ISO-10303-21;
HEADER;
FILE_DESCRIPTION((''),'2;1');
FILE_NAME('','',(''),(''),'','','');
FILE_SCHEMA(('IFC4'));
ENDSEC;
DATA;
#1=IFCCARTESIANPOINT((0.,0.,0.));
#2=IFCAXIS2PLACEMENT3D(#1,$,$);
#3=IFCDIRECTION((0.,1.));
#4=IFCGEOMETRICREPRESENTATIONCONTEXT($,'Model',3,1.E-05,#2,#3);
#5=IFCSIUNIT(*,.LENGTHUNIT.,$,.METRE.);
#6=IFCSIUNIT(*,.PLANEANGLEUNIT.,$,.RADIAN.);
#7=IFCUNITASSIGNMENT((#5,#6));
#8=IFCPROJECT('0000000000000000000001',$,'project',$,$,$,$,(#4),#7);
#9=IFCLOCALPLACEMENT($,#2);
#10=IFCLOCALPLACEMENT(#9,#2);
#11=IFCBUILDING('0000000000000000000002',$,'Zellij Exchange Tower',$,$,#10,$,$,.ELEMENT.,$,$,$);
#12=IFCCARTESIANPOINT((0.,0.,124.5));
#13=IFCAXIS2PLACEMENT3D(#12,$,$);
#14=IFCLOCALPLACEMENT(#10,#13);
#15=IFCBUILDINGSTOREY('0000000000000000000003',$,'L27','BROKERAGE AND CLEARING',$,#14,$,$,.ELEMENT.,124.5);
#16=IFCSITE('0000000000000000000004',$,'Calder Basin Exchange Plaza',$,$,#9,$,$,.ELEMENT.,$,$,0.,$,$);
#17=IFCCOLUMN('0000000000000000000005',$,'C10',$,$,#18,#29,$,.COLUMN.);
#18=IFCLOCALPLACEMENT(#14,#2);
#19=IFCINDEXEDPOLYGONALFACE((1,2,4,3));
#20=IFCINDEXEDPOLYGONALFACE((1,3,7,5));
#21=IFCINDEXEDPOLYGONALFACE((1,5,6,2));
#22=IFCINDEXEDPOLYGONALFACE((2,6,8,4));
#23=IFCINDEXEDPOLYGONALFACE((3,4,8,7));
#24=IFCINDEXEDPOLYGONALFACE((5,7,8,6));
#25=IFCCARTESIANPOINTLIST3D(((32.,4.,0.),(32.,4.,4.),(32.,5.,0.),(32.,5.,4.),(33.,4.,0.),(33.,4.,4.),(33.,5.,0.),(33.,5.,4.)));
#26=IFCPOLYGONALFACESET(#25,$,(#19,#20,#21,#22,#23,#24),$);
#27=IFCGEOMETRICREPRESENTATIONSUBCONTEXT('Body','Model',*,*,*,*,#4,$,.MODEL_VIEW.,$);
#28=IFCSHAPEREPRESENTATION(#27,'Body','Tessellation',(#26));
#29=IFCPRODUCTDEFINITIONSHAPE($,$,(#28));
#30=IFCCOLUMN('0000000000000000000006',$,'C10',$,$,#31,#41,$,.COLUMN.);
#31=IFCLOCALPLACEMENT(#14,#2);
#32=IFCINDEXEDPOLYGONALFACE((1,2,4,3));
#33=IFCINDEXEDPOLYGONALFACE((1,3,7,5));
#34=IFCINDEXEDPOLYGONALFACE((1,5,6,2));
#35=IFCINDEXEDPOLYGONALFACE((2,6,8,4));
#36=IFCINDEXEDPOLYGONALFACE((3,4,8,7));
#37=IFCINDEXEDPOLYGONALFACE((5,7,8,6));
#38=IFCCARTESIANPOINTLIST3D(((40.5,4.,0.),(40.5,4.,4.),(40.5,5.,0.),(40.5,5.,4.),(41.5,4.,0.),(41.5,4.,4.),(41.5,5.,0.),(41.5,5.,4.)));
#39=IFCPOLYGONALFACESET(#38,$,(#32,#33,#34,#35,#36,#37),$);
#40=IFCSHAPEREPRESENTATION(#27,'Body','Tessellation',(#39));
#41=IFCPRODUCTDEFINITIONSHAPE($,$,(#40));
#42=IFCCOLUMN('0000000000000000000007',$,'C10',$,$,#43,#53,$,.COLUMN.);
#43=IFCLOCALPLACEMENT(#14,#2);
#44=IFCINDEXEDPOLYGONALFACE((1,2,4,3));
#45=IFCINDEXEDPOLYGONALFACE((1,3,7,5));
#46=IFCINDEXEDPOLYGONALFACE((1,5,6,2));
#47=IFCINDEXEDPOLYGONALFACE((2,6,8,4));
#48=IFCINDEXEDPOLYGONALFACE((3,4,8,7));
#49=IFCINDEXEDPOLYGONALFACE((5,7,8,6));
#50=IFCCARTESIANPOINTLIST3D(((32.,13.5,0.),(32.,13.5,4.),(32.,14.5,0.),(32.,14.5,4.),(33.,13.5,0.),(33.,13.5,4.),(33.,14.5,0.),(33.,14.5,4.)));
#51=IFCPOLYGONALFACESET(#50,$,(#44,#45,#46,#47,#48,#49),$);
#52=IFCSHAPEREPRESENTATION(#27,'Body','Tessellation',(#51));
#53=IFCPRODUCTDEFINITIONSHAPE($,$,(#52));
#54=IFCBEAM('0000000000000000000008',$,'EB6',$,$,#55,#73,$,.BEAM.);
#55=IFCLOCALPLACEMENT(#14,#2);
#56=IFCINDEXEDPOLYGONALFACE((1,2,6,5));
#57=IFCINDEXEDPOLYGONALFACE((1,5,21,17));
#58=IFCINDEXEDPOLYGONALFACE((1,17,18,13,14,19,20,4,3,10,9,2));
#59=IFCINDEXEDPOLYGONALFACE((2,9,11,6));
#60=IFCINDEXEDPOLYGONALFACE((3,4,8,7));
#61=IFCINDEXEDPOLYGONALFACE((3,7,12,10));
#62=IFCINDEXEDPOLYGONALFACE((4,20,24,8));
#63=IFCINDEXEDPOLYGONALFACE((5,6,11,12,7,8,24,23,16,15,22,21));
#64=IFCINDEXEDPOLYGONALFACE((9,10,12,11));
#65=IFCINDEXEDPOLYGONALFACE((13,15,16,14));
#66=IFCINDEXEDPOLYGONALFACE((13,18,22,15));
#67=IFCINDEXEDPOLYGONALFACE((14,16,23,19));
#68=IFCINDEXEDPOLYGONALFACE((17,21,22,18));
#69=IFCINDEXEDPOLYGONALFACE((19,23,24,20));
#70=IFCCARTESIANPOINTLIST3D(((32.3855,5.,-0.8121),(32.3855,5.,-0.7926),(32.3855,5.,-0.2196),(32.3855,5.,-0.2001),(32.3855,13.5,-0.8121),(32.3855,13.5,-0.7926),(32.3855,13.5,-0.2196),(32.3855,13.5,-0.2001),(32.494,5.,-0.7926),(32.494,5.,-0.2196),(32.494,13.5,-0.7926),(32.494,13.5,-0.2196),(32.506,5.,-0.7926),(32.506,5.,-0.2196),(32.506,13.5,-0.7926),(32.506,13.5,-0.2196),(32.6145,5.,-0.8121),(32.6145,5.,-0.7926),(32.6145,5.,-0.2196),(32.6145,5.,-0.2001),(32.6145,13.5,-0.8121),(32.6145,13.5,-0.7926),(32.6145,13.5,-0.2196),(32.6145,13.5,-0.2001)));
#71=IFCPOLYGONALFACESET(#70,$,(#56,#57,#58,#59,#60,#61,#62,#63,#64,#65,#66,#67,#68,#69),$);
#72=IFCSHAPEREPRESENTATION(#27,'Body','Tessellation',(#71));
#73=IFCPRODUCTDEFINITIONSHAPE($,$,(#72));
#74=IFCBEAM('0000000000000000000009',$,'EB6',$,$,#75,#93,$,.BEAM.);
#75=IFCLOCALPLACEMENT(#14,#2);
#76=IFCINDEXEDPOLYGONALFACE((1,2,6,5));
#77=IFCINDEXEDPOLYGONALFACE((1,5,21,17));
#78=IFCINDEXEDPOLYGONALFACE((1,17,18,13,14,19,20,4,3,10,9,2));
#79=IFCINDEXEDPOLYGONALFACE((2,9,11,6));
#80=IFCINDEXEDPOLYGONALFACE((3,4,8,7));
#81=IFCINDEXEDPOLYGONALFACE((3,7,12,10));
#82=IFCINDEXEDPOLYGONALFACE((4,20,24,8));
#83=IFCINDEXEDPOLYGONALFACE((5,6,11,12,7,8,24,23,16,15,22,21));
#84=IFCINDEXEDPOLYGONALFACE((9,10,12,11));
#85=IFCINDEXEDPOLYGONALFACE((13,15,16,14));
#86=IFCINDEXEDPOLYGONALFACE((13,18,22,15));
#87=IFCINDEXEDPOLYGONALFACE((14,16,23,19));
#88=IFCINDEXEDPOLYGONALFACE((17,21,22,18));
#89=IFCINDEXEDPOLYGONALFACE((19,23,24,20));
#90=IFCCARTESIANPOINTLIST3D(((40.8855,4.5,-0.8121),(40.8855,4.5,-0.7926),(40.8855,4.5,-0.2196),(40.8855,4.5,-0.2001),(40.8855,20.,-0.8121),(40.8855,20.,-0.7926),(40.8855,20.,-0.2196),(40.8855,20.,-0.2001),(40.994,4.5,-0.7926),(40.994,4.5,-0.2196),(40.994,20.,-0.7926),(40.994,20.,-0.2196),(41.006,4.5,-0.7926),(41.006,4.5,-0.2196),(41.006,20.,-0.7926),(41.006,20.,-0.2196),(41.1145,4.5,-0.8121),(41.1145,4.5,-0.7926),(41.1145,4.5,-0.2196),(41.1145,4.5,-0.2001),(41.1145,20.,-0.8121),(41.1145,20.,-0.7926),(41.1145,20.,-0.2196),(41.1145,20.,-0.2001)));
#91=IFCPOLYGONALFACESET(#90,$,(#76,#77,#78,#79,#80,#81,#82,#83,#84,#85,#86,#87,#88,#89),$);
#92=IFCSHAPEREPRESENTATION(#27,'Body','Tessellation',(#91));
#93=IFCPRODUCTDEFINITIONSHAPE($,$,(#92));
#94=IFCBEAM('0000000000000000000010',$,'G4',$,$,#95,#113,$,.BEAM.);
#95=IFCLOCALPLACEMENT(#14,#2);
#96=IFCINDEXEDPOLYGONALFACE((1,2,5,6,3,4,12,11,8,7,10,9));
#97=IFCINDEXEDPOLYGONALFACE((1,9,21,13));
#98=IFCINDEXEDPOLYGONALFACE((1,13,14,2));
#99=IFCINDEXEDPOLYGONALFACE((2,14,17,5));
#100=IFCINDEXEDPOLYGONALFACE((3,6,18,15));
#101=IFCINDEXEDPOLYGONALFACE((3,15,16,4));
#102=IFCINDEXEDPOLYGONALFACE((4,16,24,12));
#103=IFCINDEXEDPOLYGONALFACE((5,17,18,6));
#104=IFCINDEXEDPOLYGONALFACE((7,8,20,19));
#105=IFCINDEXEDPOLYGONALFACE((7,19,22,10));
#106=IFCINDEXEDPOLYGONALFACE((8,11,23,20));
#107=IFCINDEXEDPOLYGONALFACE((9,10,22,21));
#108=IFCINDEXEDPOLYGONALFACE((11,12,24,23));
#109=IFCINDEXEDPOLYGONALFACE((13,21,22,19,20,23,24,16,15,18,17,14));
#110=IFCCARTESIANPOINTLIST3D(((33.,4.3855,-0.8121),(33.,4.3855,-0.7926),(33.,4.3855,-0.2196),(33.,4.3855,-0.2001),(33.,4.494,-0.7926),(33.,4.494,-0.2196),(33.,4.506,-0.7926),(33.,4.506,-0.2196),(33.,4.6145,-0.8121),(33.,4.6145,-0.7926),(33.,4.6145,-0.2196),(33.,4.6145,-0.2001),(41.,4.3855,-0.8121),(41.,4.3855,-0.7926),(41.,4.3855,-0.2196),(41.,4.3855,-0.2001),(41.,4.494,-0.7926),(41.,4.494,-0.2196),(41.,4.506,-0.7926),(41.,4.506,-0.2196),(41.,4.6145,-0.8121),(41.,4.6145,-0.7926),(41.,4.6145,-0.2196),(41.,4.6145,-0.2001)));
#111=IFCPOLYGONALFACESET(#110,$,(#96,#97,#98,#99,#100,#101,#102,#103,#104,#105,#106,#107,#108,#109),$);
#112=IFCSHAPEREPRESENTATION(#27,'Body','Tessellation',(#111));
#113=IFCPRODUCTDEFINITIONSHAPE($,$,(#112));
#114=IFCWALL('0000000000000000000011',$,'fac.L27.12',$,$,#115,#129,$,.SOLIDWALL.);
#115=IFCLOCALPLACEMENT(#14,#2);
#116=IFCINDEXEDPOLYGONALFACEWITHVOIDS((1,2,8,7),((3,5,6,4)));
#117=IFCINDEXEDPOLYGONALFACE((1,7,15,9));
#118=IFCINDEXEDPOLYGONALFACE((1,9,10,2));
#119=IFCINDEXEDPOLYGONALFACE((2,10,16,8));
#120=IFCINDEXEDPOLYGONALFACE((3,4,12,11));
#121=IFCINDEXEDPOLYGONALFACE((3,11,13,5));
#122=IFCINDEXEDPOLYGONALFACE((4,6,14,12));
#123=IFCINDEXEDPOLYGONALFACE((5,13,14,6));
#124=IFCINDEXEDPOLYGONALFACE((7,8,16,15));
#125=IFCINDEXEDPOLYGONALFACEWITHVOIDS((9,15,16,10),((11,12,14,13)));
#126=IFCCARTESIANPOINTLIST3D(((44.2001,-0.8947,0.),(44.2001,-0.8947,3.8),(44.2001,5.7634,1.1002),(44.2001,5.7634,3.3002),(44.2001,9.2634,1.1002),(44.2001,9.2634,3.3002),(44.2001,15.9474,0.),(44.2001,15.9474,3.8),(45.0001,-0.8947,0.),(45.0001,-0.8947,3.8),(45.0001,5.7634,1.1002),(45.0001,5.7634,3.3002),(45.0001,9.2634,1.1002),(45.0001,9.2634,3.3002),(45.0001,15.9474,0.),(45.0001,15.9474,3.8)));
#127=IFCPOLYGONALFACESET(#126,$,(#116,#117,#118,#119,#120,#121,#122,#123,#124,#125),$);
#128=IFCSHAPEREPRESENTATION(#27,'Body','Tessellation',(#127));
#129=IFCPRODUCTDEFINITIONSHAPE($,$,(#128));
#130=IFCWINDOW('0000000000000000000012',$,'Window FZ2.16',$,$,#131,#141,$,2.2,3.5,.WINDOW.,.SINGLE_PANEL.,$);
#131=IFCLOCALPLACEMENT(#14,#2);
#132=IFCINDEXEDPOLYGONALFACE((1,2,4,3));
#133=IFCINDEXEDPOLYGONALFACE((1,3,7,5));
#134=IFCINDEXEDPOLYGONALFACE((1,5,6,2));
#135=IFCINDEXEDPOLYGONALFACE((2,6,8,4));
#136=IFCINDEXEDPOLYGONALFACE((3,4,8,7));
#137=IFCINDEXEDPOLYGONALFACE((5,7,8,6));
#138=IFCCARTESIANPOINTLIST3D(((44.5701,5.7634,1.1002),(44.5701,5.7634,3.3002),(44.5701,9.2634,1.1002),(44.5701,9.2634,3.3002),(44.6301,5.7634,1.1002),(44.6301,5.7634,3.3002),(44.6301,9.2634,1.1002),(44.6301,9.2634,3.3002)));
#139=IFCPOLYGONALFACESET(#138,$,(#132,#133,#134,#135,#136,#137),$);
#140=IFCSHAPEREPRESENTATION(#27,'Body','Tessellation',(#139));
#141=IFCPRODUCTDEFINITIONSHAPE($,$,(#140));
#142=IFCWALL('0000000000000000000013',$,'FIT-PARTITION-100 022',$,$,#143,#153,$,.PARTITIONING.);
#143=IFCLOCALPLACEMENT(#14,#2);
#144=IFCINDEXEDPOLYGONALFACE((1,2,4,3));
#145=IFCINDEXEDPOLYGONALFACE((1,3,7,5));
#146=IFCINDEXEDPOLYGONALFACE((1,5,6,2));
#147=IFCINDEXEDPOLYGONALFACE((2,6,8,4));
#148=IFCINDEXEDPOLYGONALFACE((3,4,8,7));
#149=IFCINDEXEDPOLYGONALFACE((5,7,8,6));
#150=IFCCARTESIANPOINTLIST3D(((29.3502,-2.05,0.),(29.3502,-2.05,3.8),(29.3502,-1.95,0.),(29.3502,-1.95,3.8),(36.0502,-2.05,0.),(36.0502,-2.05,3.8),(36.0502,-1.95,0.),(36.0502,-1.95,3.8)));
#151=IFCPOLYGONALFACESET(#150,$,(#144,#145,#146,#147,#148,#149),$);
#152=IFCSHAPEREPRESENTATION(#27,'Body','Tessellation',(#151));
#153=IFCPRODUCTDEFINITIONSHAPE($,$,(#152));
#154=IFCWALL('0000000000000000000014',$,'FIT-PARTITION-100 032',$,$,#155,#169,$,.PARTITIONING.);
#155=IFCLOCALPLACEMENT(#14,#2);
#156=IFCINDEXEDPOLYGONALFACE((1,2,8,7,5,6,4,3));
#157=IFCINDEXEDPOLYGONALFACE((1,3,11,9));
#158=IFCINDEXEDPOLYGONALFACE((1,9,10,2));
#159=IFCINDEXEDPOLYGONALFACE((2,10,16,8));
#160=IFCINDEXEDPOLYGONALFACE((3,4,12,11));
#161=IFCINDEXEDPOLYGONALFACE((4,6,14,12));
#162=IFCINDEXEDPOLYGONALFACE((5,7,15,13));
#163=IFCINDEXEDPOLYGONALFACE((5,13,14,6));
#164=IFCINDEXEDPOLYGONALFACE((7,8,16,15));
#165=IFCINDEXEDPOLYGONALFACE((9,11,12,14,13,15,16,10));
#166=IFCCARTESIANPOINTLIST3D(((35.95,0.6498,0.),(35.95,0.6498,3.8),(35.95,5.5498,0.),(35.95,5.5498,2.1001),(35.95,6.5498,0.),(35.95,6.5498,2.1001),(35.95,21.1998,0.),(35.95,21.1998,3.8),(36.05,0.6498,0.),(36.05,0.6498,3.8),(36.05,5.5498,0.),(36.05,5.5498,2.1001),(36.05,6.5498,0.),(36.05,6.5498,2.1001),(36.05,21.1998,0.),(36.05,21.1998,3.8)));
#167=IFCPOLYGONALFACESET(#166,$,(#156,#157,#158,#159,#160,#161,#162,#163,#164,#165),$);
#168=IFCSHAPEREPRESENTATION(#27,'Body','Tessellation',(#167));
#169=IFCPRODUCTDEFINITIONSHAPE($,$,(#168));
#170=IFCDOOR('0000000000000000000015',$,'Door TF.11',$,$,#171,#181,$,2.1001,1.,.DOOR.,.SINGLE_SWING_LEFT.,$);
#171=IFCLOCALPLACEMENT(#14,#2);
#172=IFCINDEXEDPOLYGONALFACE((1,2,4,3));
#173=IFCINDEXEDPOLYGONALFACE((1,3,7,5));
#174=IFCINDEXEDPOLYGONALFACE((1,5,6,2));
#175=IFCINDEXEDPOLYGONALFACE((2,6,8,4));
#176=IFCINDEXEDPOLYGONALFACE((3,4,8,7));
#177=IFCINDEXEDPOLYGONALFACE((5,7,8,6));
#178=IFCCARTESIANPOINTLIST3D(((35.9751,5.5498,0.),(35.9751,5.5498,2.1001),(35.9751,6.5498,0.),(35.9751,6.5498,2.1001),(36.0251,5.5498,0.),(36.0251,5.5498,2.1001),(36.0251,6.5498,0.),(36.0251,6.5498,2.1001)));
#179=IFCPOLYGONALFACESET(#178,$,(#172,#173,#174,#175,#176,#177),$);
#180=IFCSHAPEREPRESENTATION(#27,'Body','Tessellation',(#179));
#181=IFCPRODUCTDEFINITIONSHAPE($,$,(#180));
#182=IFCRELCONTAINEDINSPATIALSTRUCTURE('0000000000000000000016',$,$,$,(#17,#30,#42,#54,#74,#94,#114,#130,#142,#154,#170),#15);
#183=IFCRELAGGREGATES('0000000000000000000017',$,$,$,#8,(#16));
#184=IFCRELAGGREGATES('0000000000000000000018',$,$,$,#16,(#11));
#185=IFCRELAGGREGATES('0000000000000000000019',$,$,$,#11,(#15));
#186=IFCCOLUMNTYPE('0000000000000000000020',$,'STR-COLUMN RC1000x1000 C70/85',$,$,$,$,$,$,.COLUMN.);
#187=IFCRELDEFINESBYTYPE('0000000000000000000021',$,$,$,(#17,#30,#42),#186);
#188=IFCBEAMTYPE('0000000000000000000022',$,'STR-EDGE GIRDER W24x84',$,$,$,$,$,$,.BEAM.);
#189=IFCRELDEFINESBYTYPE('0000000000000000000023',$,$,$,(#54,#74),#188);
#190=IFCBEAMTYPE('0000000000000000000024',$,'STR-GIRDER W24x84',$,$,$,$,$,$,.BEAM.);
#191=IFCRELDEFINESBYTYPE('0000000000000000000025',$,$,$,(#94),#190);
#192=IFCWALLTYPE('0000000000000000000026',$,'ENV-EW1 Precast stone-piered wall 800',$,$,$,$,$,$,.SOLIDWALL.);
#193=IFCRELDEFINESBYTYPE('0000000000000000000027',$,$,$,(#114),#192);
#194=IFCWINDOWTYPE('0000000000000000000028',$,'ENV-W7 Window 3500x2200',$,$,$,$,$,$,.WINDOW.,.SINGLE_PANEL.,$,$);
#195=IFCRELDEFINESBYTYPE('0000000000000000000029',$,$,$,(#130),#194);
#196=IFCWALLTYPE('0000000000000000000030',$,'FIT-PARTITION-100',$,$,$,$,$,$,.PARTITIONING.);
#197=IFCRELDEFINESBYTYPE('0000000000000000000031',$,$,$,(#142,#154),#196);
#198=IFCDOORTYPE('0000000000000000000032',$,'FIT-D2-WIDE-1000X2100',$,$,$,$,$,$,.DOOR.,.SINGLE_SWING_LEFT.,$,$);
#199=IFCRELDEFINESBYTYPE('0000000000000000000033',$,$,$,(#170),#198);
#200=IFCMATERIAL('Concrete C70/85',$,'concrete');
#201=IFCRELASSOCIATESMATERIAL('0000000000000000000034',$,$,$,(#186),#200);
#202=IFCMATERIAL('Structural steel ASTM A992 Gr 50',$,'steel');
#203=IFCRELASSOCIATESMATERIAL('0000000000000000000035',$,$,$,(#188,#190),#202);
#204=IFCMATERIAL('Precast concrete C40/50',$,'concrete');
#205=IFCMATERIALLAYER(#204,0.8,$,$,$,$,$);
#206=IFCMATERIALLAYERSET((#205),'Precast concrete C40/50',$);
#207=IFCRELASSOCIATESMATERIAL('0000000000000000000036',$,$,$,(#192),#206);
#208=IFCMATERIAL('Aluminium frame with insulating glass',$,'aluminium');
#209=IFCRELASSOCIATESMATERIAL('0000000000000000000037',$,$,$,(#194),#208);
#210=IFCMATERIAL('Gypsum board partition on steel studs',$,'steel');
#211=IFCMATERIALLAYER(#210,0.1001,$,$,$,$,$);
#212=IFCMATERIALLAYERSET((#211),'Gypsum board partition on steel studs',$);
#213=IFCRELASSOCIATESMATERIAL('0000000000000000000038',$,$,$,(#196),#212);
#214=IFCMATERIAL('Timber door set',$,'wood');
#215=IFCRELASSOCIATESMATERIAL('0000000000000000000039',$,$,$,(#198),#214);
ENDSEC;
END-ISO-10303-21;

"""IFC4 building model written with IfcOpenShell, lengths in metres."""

from ifc_helpers import new_model, si_unit, direction, frame, frame_2d, origin, origin_2d, place, context, subcontext, project, spatial, rectangle, i_section, extrude, material, layer, layer_set, material_profile, profile_set, type_object, element, fill, save


model = new_model("IFC4")

# Units and contexts
model_context = context("Model", 3, precision=1e-05, world=origin(), true_north=direction((0.0, 1.0)))
body_context = subcontext(model_context, "Body", "Model", "MODEL_VIEW")
ifc_project = project(units=[si_unit("LENGTHUNIT", "METRE"), si_unit("PLANEANGLEUNIT", "RADIAN")], contexts=[model_context])

# Site, building, storey
site_placement = place(None, origin())
site = spatial("IfcSite", under=ifc_project, at=site_placement, Name="Calder Basin Exchange Plaza", CompositionType="ELEMENT", RefElevation=0.0)
building_placement = place(site_placement, origin())
building = spatial("IfcBuilding", under=site, at=building_placement, Name="Zellij Exchange Tower", CompositionType="ELEMENT")
storey_placement = place(building_placement, frame((0.0, 0.0, 124.5)))
storey = spatial("IfcBuildingStorey", under=building, at=storey_placement, Name="L27", Description="BROKERAGE AND CLEARING", CompositionType="ELEMENT", Elevation=124.5)

# Columns
ifc_material_1 = material(Name="Concrete C70/85", Category="concrete")
ifc_material_profile_1 = material_profile(ifc_material_1, rectangle(XDim=1.0, YDim=1.0, at=origin_2d()), Name="STR-COLUMN RC1000x1000 C70/85")
ifc_profile_set_1 = profile_set([ifc_material_profile_1], Name="Concrete C70/85")
column_type = type_object("IfcColumnType", Name="STR-COLUMN RC1000x1000 C70/85", PredefinedType="COLUMN", material=ifc_profile_set_1)
for number, where, z_axis, x_axis, name in (
    (1, (32.5, 4.5, 0.0), (0.0, 0.0, 1.0), (1.0, 0.0, 0.0), "C10"),
    (2, (41.0, 4.5, 0.0), (0.0, 0.0, 1.0), (1.0, 0.0, 0.0), "C10"),
    (3, (32.5, 14.0, 0.0), (0.0, 0.0, 1.0), (1.0, 0.0, 0.0), "C10"),
):
    element("IfcColumn", number, at=place(storey_placement, frame(where, z_axis=z_axis, x_axis=x_axis)), inside=storey, type_object=column_type, Name=name, PredefinedType="COLUMN", context=body_context, shape_type="SweptSolid", body=[
        extrude(rectangle(XDim=1.0, YDim=1.0, at=origin_2d()), origin(), (0.0, 0.0, 1.0), 4.0),
    ])

# Beams
ifc_material_2 = material(Name="Structural steel ASTM A992 Gr 50", Category="steel")
ifc_material_profile_2 = material_profile(ifc_material_2, i_section(OverallWidth=0.229, OverallDepth=0.6121, WebThickness=0.012, FlangeThickness=0.0195, at=origin_2d()), Name="W24x84")
ifc_profile_set_2 = profile_set([ifc_material_profile_2], Name="Structural steel ASTM A992 Gr 50")
beam_type_1 = type_object("IfcBeamType", Name="STR-EDGE GIRDER W24x84", PredefinedType="BEAM", material=ifc_profile_set_2)
beam_1_placement = place(storey_placement, frame((32.5, 5.0, -0.5061), z_axis=(0.0, 1.0, 0.0), x_axis=(-1.0, 0.0, 0.0)))
element("IfcBeam", 4, at=beam_1_placement, inside=storey, type_object=beam_type_1, Name="EB6", PredefinedType="BEAM", context=body_context, shape_type="SweptSolid", body=[
    extrude(i_section(OverallWidth=0.229, OverallDepth=0.6121, WebThickness=0.012, FlangeThickness=0.0195, at=origin_2d()), origin(), (0.0, 0.0, 1.0), 8.5),
])
beam_2_placement = place(storey_placement, frame((41.0, 4.5, -0.5061), z_axis=(0.0, 1.0, 0.0), x_axis=(-1.0, 0.0, 0.0)))
element("IfcBeam", 5, at=beam_2_placement, inside=storey, type_object=beam_type_1, Name="EB6", PredefinedType="BEAM", context=body_context, shape_type="SweptSolid", body=[
    extrude(i_section(OverallWidth=0.229, OverallDepth=0.6121, WebThickness=0.012, FlangeThickness=0.0195, at=origin_2d()), origin(), (0.0, 0.0, 1.0), 15.5),
])
ifc_material_profile_3 = material_profile(ifc_material_2, i_section(OverallWidth=0.229, OverallDepth=0.6121, WebThickness=0.012, FlangeThickness=0.0195, at=origin_2d()), Name="W24x84")
ifc_profile_set_3 = profile_set([ifc_material_profile_3], Name="Structural steel ASTM A992 Gr 50")
beam_type_2 = type_object("IfcBeamType", Name="STR-GIRDER W24x84", PredefinedType="BEAM", material=ifc_profile_set_3)
beam_3_placement = place(storey_placement, frame((33.0, 4.5, -0.5061), z_axis=(1.0, 0.0, 0.0), x_axis=(0.0, 1.0, 0.0)))
element("IfcBeam", 6, at=beam_3_placement, inside=storey, type_object=beam_type_2, Name="G4", PredefinedType="BEAM", context=body_context, shape_type="SweptSolid", body=[
    extrude(i_section(OverallWidth=0.229, OverallDepth=0.6121, WebThickness=0.012, FlangeThickness=0.0195, at=origin_2d()), origin(), (0.0, 0.0, 1.0), 8.0),
])

# Wall, opening, window
ifc_material_3 = material(Name="Precast concrete C40/50", Category="concrete")
ifc_layer_1 = layer(ifc_material_3, 0.8)
ifc_layer_set_1 = layer_set([ifc_layer_1], Name="Precast concrete C40/50")
wall_type_1 = type_object("IfcWallType", Name="ENV-EW1 Precast stone-piered wall 800", PredefinedType="SOLIDWALL", material=ifc_layer_set_1)
wall_1_placement = place(storey_placement, frame((44.6001, -0.8945, 0.0), z_axis=(0.0, 0.0, 1.0), x_axis=(0.0, 1.0, 0.0)))
wall_1 = element("IfcWall", 7, at=wall_1_placement, inside=storey, type_object=wall_type_1, Name="fac.L27.12", PredefinedType="SOLIDWALL", context=body_context, shape_type="SweptSolid", body=[
    extrude(rectangle(XDim=16.842, YDim=0.8, at=frame_2d((8.4209, 0.0))), origin(), (0.0, 0.0, 1.0), 3.8),
])
opening_1_placement = place(wall_1_placement, frame((6.658, 0.0, 1.1001)))
opening_1 = element("IfcOpeningElement", 8, at=opening_1_placement, cuts=wall_1, PredefinedType="OPENING", context=body_context, shape_type="SweptSolid", body=[
    extrude(rectangle(XDim=3.5, YDim=2.2, at=frame_2d((1.75, 1.1001))), frame((0.0, 0.4121, 0.0), z_axis=(0.0, -1.0, 0.0), x_axis=(1.0, 0.0, 0.0)), (0.0, 0.0, 1.0), 0.824),
])
ifc_material_4 = material(Name="Aluminium frame with insulating glass", Category="aluminium")
window_type = type_object("IfcWindowType", Name="ENV-W7 Window 3500x2200", PartitioningType="SINGLE_PANEL", PredefinedType="WINDOW", material=ifc_material_4)
window_placement = place(opening_1_placement, origin())
window = element("IfcWindow", 9, at=window_placement, inside=storey, type_object=window_type, Name="Window FZ2.16", OverallHeight=2.2, OverallWidth=3.5, PartitioningType="SINGLE_PANEL", PredefinedType="WINDOW", context=body_context, shape_type="SweptSolid", body=[
    extrude(rectangle(XDim=3.5, YDim=2.2, at=frame_2d((1.75, 1.1001))), frame((0.0, 0.03, 0.0), z_axis=(0.0, -1.0, 0.0), x_axis=(1.0, 0.0, 0.0)), (0.0, 0.0, 1.0), 0.0601),
])
fill(opening_1, window)

# Wall
ifc_material_5 = material(Name="Gypsum board partition on steel studs", Category="steel")
ifc_layer_2 = layer(ifc_material_5, 0.1001)
ifc_layer_set_2 = layer_set([ifc_layer_2], Name="Gypsum board partition on steel studs")
wall_type_2 = type_object("IfcWallType", Name="FIT-PARTITION-100", PredefinedType="PARTITIONING", material=ifc_layer_set_2)
wall_2_placement = place(storey_placement, frame((29.3501, -2.0, 0.0), z_axis=(0.0, 0.0, 1.0), x_axis=(1.0, 0.0, 0.0)))
element("IfcWall", 10, at=wall_2_placement, inside=storey, type_object=wall_type_2, Name="FIT-PARTITION-100 022", PredefinedType="PARTITIONING", context=body_context, shape_type="SweptSolid", body=[
    extrude(rectangle(XDim=6.7, YDim=0.1001, at=frame_2d((3.3501, 0.0))), origin(), (0.0, 0.0, 1.0), 3.8),
])

# Wall, opening, door
wall_3_placement = place(storey_placement, frame((36.0, 0.6499, 0.0), z_axis=(0.0, 0.0, 1.0), x_axis=(0.0, 1.0, 0.0)))
wall_3 = element("IfcWall", 11, at=wall_3_placement, inside=storey, type_object=wall_type_2, Name="FIT-PARTITION-100 032", PredefinedType="PARTITIONING", context=body_context, shape_type="SweptSolid", body=[
    extrude(rectangle(XDim=20.55, YDim=0.1001, at=frame_2d((10.2749, 0.0))), origin(), (0.0, 0.0, 1.0), 3.8),
])
opening_2_placement = place(wall_3_placement, frame((4.8999, 0.0, 0.0)))
opening_2 = element("IfcOpeningElement", 12, at=opening_2_placement, cuts=wall_3, PredefinedType="OPENING", context=body_context, shape_type="SweptSolid", body=[
    extrude(rectangle(XDim=1.0, YDim=2.1001, at=frame_2d((0.5, 1.05))), frame((0.0, 0.062, 0.0), z_axis=(0.0, -1.0, 0.0), x_axis=(1.0, 0.0, 0.0)), (0.0, 0.0, 1.0), 0.124),
])
ifc_material_6 = material(Name="Timber door set", Category="wood")
door_type = type_object("IfcDoorType", Name="FIT-D2-WIDE-1000X2100", OperationType="SINGLE_SWING_LEFT", PredefinedType="DOOR", material=ifc_material_6)
door_placement = place(opening_2_placement, origin())
door = element("IfcDoor", 13, at=door_placement, inside=storey, type_object=door_type, Name="Door TF.11", OperationType="SINGLE_SWING_LEFT", OverallHeight=2.1001, OverallWidth=1.0, PredefinedType="DOOR", context=body_context, shape_type="SweptSolid", body=[
    extrude(rectangle(XDim=1.0, YDim=2.1001, at=frame_2d((0.5, 1.05))), frame((0.0, 0.0249, 0.0), z_axis=(0.0, -1.0, 0.0), x_axis=(1.0, 0.0, 0.0)), (0.0, 0.0, 1.0), 0.05),
])
fill(opening_2, door)

save(model, "model.ifc")
